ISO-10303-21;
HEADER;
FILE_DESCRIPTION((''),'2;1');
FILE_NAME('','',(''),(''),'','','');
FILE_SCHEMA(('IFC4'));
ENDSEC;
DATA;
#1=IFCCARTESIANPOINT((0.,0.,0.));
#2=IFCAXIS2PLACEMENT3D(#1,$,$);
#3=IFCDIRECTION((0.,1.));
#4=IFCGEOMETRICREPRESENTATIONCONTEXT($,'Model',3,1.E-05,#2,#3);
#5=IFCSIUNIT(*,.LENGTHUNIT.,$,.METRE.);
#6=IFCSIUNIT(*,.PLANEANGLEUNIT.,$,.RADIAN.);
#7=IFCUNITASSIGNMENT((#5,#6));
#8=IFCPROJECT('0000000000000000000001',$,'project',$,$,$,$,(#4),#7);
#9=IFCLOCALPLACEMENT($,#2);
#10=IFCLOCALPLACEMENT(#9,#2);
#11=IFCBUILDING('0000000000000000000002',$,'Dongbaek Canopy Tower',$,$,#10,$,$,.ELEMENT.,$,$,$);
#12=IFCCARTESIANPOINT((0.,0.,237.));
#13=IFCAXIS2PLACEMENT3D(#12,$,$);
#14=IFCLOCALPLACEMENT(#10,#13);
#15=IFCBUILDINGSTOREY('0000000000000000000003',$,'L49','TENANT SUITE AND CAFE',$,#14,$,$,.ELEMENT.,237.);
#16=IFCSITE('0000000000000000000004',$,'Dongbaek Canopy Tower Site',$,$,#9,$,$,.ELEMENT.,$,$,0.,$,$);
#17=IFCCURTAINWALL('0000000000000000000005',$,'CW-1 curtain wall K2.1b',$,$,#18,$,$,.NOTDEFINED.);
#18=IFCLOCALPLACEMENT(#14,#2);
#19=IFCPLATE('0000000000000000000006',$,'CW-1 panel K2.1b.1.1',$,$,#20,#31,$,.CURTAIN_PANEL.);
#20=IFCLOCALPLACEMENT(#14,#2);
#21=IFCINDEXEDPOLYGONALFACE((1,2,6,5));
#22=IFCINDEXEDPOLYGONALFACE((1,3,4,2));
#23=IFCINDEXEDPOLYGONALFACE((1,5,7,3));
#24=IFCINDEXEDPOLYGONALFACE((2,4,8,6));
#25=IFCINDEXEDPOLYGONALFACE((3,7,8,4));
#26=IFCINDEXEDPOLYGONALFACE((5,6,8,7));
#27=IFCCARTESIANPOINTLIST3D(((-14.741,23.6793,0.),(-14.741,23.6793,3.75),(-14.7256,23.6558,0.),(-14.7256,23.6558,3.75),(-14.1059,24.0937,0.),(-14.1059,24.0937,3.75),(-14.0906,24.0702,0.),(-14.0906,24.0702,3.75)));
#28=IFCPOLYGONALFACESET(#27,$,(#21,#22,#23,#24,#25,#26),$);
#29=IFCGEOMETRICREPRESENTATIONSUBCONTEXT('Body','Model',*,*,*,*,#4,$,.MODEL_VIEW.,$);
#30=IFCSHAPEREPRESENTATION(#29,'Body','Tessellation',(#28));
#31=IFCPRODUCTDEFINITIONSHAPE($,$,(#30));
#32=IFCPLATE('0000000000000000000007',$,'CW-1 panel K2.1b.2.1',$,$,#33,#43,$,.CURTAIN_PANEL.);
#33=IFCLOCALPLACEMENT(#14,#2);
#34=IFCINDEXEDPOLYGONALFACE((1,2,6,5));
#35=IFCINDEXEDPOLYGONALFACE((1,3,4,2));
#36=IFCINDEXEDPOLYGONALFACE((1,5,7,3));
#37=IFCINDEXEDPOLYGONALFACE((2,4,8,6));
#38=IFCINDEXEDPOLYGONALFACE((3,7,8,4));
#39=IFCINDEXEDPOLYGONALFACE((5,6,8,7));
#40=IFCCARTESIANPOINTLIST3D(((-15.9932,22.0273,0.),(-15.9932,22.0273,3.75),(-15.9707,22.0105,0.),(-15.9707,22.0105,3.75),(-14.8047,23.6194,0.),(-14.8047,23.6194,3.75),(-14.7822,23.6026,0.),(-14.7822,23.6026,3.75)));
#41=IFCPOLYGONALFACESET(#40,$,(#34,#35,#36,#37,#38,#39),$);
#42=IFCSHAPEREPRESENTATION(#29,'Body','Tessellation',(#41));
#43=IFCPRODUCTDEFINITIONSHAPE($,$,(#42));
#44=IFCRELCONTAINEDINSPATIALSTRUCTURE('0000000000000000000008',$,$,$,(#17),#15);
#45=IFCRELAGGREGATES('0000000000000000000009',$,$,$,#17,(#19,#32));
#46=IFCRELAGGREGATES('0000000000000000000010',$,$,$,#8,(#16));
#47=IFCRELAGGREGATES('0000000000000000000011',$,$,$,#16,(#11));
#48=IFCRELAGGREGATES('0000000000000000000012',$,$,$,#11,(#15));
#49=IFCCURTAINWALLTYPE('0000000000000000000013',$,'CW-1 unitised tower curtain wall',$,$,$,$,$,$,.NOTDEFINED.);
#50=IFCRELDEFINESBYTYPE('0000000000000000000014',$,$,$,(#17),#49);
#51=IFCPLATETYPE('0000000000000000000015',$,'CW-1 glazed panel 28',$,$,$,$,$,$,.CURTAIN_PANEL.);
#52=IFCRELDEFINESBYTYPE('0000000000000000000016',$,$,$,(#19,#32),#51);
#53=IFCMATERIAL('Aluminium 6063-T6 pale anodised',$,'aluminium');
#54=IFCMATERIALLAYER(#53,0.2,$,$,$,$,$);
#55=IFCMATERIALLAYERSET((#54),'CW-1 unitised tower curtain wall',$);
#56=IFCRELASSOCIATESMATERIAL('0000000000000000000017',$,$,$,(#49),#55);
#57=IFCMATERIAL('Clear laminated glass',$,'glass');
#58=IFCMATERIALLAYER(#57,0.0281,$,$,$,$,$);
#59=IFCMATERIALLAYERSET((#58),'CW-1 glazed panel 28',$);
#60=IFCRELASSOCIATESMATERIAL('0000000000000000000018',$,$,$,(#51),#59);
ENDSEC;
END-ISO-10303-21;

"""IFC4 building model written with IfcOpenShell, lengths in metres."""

from ifc_helpers import new_model, si_unit, direction, frame, origin, origin_2d, place, context, subcontext, project, spatial, rectangle, extrude, material, layer, layer_set, type_object, element, aggregate, save


model = new_model("IFC4")

# Units and contexts
model_context = context("Model", 3, precision=1e-05, world=origin(), true_north=direction((0.0, 1.0)))
body_context = subcontext(model_context, "Body", "Model", "MODEL_VIEW")
ifc_project = project(units=[si_unit("LENGTHUNIT", "METRE"), si_unit("PLANEANGLEUNIT", "RADIAN")], contexts=[model_context])

# Site, building, storey
site_placement = place(None, origin())
site = spatial("IfcSite", under=ifc_project, at=site_placement, Name="Dongbaek Canopy Tower Site", CompositionType="ELEMENT", RefElevation=0.0)
building_placement = place(site_placement, origin())
building = spatial("IfcBuilding", under=site, at=building_placement, Name="Dongbaek Canopy Tower", CompositionType="ELEMENT")
storey_placement = place(building_placement, frame((0.0, 0.0, 237.0)))
storey = spatial("IfcBuildingStorey", under=building, at=storey_placement, Name="L49", Description="TENANT SUITE AND CAFE", CompositionType="ELEMENT", Elevation=237.0)

# Curtain wall
ifc_material_1 = material(Name="Aluminium 6063-T6 pale anodised", Category="aluminium")
ifc_layer_1 = layer(ifc_material_1, 0.2)
ifc_layer_set_1 = layer_set([ifc_layer_1], Name="CW-1 unitised tower curtain wall")
curtain_wall_type = type_object("IfcCurtainWallType", Name="CW-1 unitised tower curtain wall", PredefinedType="NOTDEFINED", material=ifc_layer_set_1)
curtain_wall_placement = place(storey_placement, origin())
curtain_wall = element("IfcCurtainWall", 1, at=curtain_wall_placement, inside=storey, type_object=curtain_wall_type, Name="CW-1 curtain wall K2.1b", PredefinedType="NOTDEFINED")

# Plates
ifc_material_2 = material(Name="Clear laminated glass", Category="glass")
ifc_layer_2 = layer(ifc_material_2, 0.0281)
ifc_layer_set_2 = layer_set([ifc_layer_2], Name="CW-1 glazed panel 28")
plate_type = type_object("IfcPlateType", Name="CW-1 glazed panel 28", PredefinedType="CURTAIN_PANEL", material=ifc_layer_set_2)
plate_1_placement = place(storey_placement, frame((-14.4158, 23.8748, 0.0), z_axis=(0.0, 0.0, 1.0), x_axis=(-0.837435, -0.546537, 0.0)))
plate_1 = element("IfcPlate", 2, at=plate_1_placement, type_object=plate_type, Name="CW-1 panel K2.1b.1.1", PredefinedType="CURTAIN_PANEL", context=body_context, shape_type="SweptSolid", body=[
    extrude(rectangle(XDim=0.7583, YDim=0.0281, at=origin_2d()), origin(), (0.0, 0.0, 1.0), 3.75),
])
plate_2_placement = place(storey_placement, frame((-15.3877, 22.8149, 0.0), z_axis=(0.0, 0.0, 1.0), x_axis=(-0.598174, -0.801366, 0.0)))
plate_2 = element("IfcPlate", 3, at=plate_2_placement, type_object=plate_type, Name="CW-1 panel K2.1b.2.1", PredefinedType="CURTAIN_PANEL", context=body_context, shape_type="SweptSolid", body=[
    extrude(rectangle(XDim=1.9868, YDim=0.0281, at=origin_2d()), origin(), (0.0, 0.0, 1.0), 3.75),
])
aggregate(curtain_wall, [plate_1, plate_2])

save(model, "model.ifc")
